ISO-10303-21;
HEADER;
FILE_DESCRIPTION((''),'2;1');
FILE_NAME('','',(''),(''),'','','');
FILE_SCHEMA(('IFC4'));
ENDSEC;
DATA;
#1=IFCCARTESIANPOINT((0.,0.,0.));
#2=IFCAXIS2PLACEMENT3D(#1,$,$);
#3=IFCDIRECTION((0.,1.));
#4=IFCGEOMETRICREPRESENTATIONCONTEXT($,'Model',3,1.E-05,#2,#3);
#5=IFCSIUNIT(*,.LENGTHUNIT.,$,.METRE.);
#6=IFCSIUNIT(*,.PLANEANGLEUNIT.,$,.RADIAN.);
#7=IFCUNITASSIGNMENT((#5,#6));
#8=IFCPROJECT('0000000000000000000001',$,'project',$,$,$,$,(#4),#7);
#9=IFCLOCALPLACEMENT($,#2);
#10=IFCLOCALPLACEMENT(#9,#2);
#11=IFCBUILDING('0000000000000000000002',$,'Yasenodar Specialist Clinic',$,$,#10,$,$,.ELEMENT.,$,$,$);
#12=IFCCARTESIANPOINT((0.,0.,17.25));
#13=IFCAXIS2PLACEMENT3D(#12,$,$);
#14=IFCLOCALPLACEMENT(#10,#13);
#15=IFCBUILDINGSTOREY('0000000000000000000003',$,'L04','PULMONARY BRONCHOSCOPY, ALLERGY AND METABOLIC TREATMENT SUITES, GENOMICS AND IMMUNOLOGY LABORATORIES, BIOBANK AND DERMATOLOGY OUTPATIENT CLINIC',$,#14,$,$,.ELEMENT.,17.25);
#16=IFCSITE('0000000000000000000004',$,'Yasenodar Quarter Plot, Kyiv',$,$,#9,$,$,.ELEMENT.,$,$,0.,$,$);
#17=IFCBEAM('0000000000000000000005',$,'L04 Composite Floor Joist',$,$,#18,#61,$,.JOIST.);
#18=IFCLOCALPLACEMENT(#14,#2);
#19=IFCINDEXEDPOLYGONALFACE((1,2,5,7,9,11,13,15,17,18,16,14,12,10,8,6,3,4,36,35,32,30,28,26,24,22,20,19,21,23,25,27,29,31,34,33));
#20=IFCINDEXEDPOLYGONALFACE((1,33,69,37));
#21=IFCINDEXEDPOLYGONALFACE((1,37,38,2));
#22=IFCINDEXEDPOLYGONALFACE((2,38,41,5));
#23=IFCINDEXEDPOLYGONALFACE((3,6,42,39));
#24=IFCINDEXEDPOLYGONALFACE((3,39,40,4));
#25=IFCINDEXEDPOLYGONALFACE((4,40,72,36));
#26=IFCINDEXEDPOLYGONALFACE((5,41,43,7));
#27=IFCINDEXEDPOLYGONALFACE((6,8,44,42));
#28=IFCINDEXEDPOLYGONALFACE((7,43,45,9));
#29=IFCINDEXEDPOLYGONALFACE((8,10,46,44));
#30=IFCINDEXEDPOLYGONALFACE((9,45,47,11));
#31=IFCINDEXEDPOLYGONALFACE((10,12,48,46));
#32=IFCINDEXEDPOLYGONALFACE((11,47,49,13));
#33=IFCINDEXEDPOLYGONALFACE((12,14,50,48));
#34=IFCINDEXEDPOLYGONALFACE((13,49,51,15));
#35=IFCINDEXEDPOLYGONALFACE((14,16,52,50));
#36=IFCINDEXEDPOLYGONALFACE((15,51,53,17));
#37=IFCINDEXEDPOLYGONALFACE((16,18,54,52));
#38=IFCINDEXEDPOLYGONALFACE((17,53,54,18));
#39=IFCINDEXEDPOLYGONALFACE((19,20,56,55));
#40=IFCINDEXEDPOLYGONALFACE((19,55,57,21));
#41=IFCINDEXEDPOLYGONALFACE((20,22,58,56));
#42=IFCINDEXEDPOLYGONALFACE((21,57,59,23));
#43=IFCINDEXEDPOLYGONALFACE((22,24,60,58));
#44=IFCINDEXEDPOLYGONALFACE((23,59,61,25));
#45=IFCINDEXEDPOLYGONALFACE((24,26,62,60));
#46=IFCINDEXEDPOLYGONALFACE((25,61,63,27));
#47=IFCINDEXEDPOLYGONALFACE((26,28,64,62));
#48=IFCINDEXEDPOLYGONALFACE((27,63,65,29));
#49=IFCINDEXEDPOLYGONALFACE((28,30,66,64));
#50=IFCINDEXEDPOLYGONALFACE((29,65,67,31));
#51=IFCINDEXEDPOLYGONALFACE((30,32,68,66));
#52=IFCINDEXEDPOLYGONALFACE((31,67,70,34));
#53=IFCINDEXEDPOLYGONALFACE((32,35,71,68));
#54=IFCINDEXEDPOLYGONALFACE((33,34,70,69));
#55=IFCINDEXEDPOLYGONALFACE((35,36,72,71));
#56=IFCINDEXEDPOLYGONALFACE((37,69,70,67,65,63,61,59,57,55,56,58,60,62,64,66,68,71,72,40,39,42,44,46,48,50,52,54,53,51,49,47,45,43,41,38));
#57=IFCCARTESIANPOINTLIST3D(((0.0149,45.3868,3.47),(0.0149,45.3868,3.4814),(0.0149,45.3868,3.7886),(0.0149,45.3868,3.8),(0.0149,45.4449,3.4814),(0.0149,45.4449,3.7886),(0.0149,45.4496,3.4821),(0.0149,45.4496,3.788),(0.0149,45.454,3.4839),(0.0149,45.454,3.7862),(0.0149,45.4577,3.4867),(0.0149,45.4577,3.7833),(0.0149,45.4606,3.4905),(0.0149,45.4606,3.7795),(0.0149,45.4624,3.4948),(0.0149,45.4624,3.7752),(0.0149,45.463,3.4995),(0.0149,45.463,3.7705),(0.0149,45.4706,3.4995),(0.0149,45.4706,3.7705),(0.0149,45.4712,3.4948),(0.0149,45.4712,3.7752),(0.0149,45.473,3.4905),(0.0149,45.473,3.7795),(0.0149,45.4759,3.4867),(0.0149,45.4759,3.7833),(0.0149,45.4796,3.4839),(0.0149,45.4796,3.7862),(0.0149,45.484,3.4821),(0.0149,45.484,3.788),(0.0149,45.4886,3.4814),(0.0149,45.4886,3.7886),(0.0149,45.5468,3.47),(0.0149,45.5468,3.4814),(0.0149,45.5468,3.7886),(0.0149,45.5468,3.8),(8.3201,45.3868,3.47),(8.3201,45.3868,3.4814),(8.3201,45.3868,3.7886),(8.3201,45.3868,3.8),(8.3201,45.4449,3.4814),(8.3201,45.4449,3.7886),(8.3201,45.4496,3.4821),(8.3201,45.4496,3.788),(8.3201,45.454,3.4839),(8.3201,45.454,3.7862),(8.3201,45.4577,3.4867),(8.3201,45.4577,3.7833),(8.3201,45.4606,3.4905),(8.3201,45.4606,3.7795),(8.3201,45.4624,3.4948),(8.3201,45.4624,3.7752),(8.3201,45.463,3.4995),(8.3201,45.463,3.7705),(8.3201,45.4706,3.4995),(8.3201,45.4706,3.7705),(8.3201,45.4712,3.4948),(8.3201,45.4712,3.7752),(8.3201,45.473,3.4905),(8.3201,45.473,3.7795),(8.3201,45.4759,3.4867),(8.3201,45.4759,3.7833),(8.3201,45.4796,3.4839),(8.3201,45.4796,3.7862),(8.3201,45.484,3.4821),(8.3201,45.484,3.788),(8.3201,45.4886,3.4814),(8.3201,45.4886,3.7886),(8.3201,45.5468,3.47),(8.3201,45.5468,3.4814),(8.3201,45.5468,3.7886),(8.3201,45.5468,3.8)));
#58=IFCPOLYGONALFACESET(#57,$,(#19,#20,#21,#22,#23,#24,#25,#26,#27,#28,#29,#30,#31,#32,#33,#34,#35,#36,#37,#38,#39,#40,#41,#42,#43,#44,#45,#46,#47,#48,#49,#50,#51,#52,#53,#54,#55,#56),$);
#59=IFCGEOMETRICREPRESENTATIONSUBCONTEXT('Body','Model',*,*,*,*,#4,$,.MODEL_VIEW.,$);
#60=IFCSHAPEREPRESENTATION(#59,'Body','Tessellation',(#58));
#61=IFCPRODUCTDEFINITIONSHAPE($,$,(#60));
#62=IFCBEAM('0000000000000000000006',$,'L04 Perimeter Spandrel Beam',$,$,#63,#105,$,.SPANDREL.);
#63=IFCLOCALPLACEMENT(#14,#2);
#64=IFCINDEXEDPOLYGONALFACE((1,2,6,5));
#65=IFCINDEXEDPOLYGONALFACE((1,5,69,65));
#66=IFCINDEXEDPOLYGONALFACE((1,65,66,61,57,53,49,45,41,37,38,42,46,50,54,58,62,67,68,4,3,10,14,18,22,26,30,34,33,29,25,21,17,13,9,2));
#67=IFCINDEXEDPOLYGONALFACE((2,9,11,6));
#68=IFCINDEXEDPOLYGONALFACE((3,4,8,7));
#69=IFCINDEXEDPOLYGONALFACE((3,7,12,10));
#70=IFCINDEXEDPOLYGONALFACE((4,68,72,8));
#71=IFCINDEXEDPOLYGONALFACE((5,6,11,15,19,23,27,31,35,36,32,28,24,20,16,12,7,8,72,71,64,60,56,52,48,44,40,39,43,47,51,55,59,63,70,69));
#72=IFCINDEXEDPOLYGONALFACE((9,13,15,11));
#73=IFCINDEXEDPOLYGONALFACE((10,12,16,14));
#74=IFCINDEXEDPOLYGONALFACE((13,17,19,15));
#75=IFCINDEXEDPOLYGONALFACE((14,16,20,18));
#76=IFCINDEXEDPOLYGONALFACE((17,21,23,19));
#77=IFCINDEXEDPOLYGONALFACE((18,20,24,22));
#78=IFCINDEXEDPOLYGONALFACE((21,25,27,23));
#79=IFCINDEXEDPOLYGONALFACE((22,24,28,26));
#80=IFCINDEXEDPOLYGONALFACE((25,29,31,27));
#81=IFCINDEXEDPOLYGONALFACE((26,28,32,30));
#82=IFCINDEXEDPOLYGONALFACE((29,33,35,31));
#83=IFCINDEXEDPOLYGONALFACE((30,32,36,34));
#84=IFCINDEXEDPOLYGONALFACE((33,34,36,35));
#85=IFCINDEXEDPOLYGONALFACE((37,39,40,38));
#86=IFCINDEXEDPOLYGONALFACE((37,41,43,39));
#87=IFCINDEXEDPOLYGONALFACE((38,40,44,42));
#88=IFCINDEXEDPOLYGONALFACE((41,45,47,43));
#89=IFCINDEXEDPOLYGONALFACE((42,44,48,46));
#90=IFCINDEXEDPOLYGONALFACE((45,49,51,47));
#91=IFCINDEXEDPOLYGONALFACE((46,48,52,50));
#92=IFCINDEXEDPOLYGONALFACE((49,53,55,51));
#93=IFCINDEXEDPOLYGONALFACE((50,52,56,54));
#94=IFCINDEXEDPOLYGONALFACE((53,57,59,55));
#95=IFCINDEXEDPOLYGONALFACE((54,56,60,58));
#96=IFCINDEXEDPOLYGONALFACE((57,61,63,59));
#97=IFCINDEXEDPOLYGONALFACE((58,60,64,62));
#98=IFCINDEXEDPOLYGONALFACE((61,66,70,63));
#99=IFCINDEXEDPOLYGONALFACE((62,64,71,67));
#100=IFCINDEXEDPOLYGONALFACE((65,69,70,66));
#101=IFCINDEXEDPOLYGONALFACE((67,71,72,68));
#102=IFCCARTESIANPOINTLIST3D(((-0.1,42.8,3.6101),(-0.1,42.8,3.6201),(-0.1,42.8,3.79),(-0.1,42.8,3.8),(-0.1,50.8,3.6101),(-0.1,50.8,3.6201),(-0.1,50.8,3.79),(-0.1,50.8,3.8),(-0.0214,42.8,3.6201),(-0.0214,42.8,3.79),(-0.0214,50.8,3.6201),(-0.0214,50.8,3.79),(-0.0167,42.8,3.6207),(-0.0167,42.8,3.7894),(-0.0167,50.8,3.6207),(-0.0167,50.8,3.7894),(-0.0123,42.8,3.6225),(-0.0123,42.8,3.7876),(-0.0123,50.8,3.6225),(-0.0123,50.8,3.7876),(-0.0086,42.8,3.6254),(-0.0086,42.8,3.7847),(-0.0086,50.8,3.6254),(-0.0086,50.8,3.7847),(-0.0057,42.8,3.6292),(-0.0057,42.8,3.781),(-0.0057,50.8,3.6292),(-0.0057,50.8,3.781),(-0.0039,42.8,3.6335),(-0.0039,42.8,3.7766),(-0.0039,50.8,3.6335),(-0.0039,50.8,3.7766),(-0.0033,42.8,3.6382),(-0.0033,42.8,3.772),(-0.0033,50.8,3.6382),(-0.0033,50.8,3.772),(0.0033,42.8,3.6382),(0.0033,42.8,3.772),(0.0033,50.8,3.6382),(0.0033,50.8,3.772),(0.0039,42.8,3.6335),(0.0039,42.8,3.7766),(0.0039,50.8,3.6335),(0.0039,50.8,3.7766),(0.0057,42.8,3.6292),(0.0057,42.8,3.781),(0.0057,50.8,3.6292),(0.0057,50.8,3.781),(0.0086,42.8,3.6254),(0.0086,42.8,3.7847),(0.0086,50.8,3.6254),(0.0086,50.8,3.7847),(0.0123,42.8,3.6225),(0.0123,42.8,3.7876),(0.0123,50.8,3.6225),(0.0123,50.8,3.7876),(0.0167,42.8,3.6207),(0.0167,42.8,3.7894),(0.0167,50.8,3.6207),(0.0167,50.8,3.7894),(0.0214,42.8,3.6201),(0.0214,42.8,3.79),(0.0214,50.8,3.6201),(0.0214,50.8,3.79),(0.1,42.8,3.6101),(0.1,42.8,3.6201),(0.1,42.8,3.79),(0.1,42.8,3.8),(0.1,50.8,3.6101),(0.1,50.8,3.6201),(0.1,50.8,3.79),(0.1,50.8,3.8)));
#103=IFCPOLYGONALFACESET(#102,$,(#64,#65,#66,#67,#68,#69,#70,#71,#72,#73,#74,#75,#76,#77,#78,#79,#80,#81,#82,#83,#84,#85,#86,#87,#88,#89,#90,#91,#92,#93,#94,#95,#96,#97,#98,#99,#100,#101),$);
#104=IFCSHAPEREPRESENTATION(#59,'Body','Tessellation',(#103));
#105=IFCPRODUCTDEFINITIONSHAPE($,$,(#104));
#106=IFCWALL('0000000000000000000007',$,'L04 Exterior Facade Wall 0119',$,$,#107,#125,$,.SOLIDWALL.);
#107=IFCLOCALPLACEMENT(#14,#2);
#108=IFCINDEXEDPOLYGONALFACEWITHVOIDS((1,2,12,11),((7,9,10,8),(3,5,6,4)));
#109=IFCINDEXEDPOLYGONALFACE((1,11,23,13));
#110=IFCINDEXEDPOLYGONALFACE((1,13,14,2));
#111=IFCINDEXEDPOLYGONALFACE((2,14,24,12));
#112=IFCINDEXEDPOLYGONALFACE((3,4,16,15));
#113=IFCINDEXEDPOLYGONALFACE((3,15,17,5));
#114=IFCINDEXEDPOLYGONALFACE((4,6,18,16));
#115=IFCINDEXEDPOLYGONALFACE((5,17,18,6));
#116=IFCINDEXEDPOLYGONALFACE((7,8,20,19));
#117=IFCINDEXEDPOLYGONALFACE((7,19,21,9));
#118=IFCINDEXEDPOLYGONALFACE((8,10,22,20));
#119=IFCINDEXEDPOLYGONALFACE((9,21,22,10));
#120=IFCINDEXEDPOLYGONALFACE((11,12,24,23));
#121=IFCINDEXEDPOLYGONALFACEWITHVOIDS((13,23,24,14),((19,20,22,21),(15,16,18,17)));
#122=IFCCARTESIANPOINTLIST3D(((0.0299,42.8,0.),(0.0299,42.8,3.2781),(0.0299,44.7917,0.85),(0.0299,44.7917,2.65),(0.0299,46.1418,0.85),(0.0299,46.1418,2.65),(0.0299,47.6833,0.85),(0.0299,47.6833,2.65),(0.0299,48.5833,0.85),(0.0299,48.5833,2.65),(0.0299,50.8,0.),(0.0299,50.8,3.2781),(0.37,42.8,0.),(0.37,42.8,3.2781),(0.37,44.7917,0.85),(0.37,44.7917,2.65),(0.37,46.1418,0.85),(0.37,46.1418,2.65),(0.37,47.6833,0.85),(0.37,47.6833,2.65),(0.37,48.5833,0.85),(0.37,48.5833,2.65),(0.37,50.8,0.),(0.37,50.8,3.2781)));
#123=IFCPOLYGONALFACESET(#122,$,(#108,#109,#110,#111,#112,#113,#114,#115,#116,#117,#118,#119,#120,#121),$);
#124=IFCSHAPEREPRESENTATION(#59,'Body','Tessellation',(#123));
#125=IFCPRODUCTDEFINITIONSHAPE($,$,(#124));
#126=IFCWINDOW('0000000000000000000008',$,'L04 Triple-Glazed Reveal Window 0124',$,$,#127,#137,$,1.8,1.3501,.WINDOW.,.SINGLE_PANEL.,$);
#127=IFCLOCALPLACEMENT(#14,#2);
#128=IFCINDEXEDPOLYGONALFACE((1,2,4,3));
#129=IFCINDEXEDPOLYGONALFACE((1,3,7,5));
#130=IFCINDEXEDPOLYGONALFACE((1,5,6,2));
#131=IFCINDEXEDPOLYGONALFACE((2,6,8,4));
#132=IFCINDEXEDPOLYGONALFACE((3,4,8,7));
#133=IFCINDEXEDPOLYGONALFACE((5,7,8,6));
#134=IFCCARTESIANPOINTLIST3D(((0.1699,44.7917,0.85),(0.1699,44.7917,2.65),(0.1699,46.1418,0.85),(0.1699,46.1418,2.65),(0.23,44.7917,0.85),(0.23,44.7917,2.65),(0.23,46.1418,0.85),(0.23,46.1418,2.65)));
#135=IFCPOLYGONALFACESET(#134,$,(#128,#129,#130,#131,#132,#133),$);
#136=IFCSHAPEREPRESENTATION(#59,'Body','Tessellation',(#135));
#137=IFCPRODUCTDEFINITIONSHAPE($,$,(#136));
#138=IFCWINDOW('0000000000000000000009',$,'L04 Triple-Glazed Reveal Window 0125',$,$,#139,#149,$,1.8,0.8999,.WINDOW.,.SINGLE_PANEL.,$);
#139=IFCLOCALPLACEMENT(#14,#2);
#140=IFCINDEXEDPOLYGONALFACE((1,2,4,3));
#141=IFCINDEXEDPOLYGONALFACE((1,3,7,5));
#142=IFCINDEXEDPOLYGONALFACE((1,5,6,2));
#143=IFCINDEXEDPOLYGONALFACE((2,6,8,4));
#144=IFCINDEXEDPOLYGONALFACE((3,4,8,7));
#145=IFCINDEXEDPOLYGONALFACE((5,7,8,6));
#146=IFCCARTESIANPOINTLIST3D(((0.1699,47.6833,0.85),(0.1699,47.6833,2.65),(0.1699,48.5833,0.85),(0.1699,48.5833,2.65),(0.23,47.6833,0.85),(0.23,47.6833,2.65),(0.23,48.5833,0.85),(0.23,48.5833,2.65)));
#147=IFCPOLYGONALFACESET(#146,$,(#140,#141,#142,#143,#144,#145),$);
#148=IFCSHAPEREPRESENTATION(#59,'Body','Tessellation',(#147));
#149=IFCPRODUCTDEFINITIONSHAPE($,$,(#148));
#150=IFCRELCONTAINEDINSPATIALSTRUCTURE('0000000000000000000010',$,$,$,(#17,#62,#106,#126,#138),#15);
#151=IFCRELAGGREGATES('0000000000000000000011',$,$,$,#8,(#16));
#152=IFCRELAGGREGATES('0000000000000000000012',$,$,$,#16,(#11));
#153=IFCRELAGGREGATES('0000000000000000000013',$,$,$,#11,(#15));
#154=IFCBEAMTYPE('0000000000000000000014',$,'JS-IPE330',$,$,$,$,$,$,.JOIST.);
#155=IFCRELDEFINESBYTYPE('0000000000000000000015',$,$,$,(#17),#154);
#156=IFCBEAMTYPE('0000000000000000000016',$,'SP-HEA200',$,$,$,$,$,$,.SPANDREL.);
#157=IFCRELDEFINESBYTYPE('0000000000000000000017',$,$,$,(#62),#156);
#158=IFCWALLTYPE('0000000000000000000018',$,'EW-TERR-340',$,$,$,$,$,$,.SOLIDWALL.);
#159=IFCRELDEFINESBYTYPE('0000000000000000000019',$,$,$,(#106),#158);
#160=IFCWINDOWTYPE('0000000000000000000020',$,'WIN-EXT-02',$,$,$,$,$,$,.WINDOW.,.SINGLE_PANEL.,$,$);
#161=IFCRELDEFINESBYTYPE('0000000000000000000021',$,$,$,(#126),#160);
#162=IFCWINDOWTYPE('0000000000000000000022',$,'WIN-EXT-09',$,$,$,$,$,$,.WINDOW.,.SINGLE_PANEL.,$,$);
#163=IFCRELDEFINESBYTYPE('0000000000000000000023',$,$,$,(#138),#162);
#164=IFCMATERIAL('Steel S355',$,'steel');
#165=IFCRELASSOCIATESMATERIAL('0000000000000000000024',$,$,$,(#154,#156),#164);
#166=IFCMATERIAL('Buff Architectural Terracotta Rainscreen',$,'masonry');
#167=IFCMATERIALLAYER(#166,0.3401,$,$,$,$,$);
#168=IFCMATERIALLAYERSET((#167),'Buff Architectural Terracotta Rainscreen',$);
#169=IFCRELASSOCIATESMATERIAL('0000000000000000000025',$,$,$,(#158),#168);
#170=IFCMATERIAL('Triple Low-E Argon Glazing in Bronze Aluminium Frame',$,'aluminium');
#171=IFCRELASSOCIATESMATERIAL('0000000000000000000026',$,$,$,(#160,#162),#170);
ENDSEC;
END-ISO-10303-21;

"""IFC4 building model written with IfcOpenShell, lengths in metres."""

from ifc_helpers import new_model, si_unit, direction, frame, frame_2d, origin, origin_2d, place, context, subcontext, project, spatial, rectangle, i_section, extrude, material, layer, layer_set, material_profile, profile_set, type_object, element, fill, save


model = new_model("IFC4")

# Units and contexts
model_context = context("Model", 3, precision=1e-05, world=origin(), true_north=direction((0.0, 1.0)))
body_context = subcontext(model_context, "Body", "Model", "MODEL_VIEW")
ifc_project = project(units=[si_unit("LENGTHUNIT", "METRE"), si_unit("PLANEANGLEUNIT", "RADIAN")], contexts=[model_context])

# Site, building, storey
site_placement = place(None, origin())
site = spatial("IfcSite", under=ifc_project, at=site_placement, Name="Yasenodar Quarter Plot, Kyiv", CompositionType="ELEMENT", RefElevation=0.0)
building_placement = place(site_placement, origin())
building = spatial("IfcBuilding", under=site, at=building_placement, Name="Yasenodar Specialist Clinic", CompositionType="ELEMENT")
storey_placement = place(building_placement, frame((0.0, 0.0, 17.25)))
storey = spatial("IfcBuildingStorey", under=building, at=storey_placement, Name="L04", Description="PULMONARY BRONCHOSCOPY, ALLERGY AND METABOLIC TREATMENT SUITES, GENOMICS AND IMMUNOLOGY LABORATORIES, BIOBANK AND DERMATOLOGY OUTPATIENT CLINIC", CompositionType="ELEMENT", Elevation=17.25)

# Shared definitions
ifc_material_1 = material(Name="Steel S355", Category="steel")

# Beams
ifc_material_profile_1 = material_profile(ifc_material_1, i_section(OverallWidth=0.1599, OverallDepth=0.3301, WebThickness=0.0076, FlangeThickness=0.0115, FilletRadius=0.0181, at=origin_2d()), Name="IPE 330")
ifc_profile_set_1 = profile_set([ifc_material_profile_1], Name="Steel S355")
beam_type_1 = type_object("IfcBeamType", Name="JS-IPE330", PredefinedType="JOIST", material=ifc_profile_set_1)
beam_1_placement = place(storey_placement, frame((0.0149, 45.4668, 3.635), z_axis=(1.0, 0.0, 0.0), x_axis=(0.0, 1.0, 0.0)))
element("IfcBeam", 1, at=beam_1_placement, inside=storey, type_object=beam_type_1, Name="L04 Composite Floor Joist", PredefinedType="JOIST", context=body_context, shape_type="SweptSolid", body=[
    extrude(i_section(OverallWidth=0.1599, OverallDepth=0.3301, WebThickness=0.0076, FlangeThickness=0.0115, FilletRadius=0.0181, at=origin_2d()), origin(), (0.0, 0.0, 1.0), 8.3052),
])
ifc_material_profile_2 = material_profile(ifc_material_1, i_section(OverallWidth=0.2, OverallDepth=0.1899, WebThickness=0.0066, FlangeThickness=0.01, FilletRadius=0.0181, at=origin_2d()), Name="HEA 200")
ifc_profile_set_2 = profile_set([ifc_material_profile_2], Name="Steel S355")
beam_type_2 = type_object("IfcBeamType", Name="SP-HEA200", PredefinedType="SPANDREL", material=ifc_profile_set_2)
beam_2_placement = place(storey_placement, frame((0.0, 42.8, 3.7051), z_axis=(0.0, 1.0, 0.0), x_axis=(-1.0, 0.0, 0.0)))
element("IfcBeam", 2, at=beam_2_placement, inside=storey, type_object=beam_type_2, Name="L04 Perimeter Spandrel Beam", PredefinedType="SPANDREL", context=body_context, shape_type="SweptSolid", body=[
    extrude(i_section(OverallWidth=0.2, OverallDepth=0.1899, WebThickness=0.0066, FlangeThickness=0.01, FilletRadius=0.0181, at=origin_2d()), origin(), (0.0, 0.0, 1.0), 8.0),
])

# Wall, openings, windows
ifc_material_2 = material(Name="Buff Architectural Terracotta Rainscreen", Category="masonry")
ifc_layer_1 = layer(ifc_material_2, 0.3401)
ifc_layer_set_1 = layer_set([ifc_layer_1], Name="Buff Architectural Terracotta Rainscreen")
wall_type_1 = type_object("IfcWallType", Name="EW-TERR-340", PredefinedType="SOLIDWALL", material=ifc_layer_set_1)
wall_1_placement = place(storey_placement, frame((0.2, 42.8, 0.0), z_axis=(0.0, 0.0, 1.0), x_axis=(0.0, 1.0, 0.0)))
wall_1 = element("IfcWall", 3, at=wall_1_placement, inside=storey, type_object=wall_type_1, Name="L04 Exterior Facade Wall 0119", PredefinedType="SOLIDWALL", context=body_context, shape_type="SweptSolid", body=[
    extrude(rectangle(XDim=8.0, YDim=0.3401, at=frame_2d((4.0, 0.0))), origin(), (0.0, 0.0, 1.0), 3.2781),
])
opening_1_placement = place(wall_1_placement, frame((1.9917, 0.0, 0.8501)))
opening_1 = element("IfcOpeningElement", 4, at=opening_1_placement, cuts=wall_1, PredefinedType="OPENING", context=body_context, shape_type="SweptSolid", body=[
    extrude(rectangle(XDim=1.3501, YDim=1.8, at=frame_2d((0.675, 0.8999))), frame((0.0, 0.1802, 0.0), z_axis=(0.0, -1.0, 0.0), x_axis=(1.0, 0.0, 0.0)), (0.0, 0.0, 1.0), 0.3601),
])
opening_2_placement = place(wall_1_placement, frame((4.8833, 0.0, 0.8501)))
opening_2 = element("IfcOpeningElement", 5, at=opening_2_placement, cuts=wall_1, PredefinedType="OPENING", context=body_context, shape_type="SweptSolid", body=[
    extrude(rectangle(XDim=0.8999, YDim=1.8, at=frame_2d((0.45, 0.8999))), frame((0.0, 0.1802, 0.0), z_axis=(0.0, -1.0, 0.0), x_axis=(1.0, 0.0, 0.0)), (0.0, 0.0, 1.0), 0.3601),
])
ifc_material_3 = material(Name="Triple Low-E Argon Glazing in Bronze Aluminium Frame", Category="aluminium")
window_type_1 = type_object("IfcWindowType", Name="WIN-EXT-02", PartitioningType="SINGLE_PANEL", PredefinedType="WINDOW", material=ifc_material_3)
window_1_placement = place(opening_1_placement, origin())
window_1 = element("IfcWindow", 6, at=window_1_placement, inside=storey, type_object=window_type_1, Name="L04 Triple-Glazed Reveal Window 0124", OverallHeight=1.8, OverallWidth=1.3501, PartitioningType="SINGLE_PANEL", PredefinedType="WINDOW", context=body_context, shape_type="SweptSolid", body=[
    extrude(rectangle(XDim=1.3501, YDim=1.8, at=frame_2d((0.675, 0.8999))), frame((0.0, 0.03, 0.0), z_axis=(0.0, -1.0, 0.0), x_axis=(1.0, 0.0, 0.0)), (0.0, 0.0, 1.0), 0.0601),
])
fill(opening_1, window_1)
window_type_2 = type_object("IfcWindowType", Name="WIN-EXT-09", PartitioningType="SINGLE_PANEL", PredefinedType="WINDOW", material=ifc_material_3)
window_2_placement = place(opening_2_placement, origin())
window_2 = element("IfcWindow", 7, at=window_2_placement, inside=storey, type_object=window_type_2, Name="L04 Triple-Glazed Reveal Window 0125", OverallHeight=1.8, OverallWidth=0.8999, PartitioningType="SINGLE_PANEL", PredefinedType="WINDOW", context=body_context, shape_type="SweptSolid", body=[
    extrude(rectangle(XDim=0.8999, YDim=1.8, at=frame_2d((0.45, 0.8999))), frame((0.0, 0.03, 0.0), z_axis=(0.0, -1.0, 0.0), x_axis=(1.0, 0.0, 0.0)), (0.0, 0.0, 1.0), 0.0601),
])
fill(opening_2, window_2)

save(model, "model.ifc")
